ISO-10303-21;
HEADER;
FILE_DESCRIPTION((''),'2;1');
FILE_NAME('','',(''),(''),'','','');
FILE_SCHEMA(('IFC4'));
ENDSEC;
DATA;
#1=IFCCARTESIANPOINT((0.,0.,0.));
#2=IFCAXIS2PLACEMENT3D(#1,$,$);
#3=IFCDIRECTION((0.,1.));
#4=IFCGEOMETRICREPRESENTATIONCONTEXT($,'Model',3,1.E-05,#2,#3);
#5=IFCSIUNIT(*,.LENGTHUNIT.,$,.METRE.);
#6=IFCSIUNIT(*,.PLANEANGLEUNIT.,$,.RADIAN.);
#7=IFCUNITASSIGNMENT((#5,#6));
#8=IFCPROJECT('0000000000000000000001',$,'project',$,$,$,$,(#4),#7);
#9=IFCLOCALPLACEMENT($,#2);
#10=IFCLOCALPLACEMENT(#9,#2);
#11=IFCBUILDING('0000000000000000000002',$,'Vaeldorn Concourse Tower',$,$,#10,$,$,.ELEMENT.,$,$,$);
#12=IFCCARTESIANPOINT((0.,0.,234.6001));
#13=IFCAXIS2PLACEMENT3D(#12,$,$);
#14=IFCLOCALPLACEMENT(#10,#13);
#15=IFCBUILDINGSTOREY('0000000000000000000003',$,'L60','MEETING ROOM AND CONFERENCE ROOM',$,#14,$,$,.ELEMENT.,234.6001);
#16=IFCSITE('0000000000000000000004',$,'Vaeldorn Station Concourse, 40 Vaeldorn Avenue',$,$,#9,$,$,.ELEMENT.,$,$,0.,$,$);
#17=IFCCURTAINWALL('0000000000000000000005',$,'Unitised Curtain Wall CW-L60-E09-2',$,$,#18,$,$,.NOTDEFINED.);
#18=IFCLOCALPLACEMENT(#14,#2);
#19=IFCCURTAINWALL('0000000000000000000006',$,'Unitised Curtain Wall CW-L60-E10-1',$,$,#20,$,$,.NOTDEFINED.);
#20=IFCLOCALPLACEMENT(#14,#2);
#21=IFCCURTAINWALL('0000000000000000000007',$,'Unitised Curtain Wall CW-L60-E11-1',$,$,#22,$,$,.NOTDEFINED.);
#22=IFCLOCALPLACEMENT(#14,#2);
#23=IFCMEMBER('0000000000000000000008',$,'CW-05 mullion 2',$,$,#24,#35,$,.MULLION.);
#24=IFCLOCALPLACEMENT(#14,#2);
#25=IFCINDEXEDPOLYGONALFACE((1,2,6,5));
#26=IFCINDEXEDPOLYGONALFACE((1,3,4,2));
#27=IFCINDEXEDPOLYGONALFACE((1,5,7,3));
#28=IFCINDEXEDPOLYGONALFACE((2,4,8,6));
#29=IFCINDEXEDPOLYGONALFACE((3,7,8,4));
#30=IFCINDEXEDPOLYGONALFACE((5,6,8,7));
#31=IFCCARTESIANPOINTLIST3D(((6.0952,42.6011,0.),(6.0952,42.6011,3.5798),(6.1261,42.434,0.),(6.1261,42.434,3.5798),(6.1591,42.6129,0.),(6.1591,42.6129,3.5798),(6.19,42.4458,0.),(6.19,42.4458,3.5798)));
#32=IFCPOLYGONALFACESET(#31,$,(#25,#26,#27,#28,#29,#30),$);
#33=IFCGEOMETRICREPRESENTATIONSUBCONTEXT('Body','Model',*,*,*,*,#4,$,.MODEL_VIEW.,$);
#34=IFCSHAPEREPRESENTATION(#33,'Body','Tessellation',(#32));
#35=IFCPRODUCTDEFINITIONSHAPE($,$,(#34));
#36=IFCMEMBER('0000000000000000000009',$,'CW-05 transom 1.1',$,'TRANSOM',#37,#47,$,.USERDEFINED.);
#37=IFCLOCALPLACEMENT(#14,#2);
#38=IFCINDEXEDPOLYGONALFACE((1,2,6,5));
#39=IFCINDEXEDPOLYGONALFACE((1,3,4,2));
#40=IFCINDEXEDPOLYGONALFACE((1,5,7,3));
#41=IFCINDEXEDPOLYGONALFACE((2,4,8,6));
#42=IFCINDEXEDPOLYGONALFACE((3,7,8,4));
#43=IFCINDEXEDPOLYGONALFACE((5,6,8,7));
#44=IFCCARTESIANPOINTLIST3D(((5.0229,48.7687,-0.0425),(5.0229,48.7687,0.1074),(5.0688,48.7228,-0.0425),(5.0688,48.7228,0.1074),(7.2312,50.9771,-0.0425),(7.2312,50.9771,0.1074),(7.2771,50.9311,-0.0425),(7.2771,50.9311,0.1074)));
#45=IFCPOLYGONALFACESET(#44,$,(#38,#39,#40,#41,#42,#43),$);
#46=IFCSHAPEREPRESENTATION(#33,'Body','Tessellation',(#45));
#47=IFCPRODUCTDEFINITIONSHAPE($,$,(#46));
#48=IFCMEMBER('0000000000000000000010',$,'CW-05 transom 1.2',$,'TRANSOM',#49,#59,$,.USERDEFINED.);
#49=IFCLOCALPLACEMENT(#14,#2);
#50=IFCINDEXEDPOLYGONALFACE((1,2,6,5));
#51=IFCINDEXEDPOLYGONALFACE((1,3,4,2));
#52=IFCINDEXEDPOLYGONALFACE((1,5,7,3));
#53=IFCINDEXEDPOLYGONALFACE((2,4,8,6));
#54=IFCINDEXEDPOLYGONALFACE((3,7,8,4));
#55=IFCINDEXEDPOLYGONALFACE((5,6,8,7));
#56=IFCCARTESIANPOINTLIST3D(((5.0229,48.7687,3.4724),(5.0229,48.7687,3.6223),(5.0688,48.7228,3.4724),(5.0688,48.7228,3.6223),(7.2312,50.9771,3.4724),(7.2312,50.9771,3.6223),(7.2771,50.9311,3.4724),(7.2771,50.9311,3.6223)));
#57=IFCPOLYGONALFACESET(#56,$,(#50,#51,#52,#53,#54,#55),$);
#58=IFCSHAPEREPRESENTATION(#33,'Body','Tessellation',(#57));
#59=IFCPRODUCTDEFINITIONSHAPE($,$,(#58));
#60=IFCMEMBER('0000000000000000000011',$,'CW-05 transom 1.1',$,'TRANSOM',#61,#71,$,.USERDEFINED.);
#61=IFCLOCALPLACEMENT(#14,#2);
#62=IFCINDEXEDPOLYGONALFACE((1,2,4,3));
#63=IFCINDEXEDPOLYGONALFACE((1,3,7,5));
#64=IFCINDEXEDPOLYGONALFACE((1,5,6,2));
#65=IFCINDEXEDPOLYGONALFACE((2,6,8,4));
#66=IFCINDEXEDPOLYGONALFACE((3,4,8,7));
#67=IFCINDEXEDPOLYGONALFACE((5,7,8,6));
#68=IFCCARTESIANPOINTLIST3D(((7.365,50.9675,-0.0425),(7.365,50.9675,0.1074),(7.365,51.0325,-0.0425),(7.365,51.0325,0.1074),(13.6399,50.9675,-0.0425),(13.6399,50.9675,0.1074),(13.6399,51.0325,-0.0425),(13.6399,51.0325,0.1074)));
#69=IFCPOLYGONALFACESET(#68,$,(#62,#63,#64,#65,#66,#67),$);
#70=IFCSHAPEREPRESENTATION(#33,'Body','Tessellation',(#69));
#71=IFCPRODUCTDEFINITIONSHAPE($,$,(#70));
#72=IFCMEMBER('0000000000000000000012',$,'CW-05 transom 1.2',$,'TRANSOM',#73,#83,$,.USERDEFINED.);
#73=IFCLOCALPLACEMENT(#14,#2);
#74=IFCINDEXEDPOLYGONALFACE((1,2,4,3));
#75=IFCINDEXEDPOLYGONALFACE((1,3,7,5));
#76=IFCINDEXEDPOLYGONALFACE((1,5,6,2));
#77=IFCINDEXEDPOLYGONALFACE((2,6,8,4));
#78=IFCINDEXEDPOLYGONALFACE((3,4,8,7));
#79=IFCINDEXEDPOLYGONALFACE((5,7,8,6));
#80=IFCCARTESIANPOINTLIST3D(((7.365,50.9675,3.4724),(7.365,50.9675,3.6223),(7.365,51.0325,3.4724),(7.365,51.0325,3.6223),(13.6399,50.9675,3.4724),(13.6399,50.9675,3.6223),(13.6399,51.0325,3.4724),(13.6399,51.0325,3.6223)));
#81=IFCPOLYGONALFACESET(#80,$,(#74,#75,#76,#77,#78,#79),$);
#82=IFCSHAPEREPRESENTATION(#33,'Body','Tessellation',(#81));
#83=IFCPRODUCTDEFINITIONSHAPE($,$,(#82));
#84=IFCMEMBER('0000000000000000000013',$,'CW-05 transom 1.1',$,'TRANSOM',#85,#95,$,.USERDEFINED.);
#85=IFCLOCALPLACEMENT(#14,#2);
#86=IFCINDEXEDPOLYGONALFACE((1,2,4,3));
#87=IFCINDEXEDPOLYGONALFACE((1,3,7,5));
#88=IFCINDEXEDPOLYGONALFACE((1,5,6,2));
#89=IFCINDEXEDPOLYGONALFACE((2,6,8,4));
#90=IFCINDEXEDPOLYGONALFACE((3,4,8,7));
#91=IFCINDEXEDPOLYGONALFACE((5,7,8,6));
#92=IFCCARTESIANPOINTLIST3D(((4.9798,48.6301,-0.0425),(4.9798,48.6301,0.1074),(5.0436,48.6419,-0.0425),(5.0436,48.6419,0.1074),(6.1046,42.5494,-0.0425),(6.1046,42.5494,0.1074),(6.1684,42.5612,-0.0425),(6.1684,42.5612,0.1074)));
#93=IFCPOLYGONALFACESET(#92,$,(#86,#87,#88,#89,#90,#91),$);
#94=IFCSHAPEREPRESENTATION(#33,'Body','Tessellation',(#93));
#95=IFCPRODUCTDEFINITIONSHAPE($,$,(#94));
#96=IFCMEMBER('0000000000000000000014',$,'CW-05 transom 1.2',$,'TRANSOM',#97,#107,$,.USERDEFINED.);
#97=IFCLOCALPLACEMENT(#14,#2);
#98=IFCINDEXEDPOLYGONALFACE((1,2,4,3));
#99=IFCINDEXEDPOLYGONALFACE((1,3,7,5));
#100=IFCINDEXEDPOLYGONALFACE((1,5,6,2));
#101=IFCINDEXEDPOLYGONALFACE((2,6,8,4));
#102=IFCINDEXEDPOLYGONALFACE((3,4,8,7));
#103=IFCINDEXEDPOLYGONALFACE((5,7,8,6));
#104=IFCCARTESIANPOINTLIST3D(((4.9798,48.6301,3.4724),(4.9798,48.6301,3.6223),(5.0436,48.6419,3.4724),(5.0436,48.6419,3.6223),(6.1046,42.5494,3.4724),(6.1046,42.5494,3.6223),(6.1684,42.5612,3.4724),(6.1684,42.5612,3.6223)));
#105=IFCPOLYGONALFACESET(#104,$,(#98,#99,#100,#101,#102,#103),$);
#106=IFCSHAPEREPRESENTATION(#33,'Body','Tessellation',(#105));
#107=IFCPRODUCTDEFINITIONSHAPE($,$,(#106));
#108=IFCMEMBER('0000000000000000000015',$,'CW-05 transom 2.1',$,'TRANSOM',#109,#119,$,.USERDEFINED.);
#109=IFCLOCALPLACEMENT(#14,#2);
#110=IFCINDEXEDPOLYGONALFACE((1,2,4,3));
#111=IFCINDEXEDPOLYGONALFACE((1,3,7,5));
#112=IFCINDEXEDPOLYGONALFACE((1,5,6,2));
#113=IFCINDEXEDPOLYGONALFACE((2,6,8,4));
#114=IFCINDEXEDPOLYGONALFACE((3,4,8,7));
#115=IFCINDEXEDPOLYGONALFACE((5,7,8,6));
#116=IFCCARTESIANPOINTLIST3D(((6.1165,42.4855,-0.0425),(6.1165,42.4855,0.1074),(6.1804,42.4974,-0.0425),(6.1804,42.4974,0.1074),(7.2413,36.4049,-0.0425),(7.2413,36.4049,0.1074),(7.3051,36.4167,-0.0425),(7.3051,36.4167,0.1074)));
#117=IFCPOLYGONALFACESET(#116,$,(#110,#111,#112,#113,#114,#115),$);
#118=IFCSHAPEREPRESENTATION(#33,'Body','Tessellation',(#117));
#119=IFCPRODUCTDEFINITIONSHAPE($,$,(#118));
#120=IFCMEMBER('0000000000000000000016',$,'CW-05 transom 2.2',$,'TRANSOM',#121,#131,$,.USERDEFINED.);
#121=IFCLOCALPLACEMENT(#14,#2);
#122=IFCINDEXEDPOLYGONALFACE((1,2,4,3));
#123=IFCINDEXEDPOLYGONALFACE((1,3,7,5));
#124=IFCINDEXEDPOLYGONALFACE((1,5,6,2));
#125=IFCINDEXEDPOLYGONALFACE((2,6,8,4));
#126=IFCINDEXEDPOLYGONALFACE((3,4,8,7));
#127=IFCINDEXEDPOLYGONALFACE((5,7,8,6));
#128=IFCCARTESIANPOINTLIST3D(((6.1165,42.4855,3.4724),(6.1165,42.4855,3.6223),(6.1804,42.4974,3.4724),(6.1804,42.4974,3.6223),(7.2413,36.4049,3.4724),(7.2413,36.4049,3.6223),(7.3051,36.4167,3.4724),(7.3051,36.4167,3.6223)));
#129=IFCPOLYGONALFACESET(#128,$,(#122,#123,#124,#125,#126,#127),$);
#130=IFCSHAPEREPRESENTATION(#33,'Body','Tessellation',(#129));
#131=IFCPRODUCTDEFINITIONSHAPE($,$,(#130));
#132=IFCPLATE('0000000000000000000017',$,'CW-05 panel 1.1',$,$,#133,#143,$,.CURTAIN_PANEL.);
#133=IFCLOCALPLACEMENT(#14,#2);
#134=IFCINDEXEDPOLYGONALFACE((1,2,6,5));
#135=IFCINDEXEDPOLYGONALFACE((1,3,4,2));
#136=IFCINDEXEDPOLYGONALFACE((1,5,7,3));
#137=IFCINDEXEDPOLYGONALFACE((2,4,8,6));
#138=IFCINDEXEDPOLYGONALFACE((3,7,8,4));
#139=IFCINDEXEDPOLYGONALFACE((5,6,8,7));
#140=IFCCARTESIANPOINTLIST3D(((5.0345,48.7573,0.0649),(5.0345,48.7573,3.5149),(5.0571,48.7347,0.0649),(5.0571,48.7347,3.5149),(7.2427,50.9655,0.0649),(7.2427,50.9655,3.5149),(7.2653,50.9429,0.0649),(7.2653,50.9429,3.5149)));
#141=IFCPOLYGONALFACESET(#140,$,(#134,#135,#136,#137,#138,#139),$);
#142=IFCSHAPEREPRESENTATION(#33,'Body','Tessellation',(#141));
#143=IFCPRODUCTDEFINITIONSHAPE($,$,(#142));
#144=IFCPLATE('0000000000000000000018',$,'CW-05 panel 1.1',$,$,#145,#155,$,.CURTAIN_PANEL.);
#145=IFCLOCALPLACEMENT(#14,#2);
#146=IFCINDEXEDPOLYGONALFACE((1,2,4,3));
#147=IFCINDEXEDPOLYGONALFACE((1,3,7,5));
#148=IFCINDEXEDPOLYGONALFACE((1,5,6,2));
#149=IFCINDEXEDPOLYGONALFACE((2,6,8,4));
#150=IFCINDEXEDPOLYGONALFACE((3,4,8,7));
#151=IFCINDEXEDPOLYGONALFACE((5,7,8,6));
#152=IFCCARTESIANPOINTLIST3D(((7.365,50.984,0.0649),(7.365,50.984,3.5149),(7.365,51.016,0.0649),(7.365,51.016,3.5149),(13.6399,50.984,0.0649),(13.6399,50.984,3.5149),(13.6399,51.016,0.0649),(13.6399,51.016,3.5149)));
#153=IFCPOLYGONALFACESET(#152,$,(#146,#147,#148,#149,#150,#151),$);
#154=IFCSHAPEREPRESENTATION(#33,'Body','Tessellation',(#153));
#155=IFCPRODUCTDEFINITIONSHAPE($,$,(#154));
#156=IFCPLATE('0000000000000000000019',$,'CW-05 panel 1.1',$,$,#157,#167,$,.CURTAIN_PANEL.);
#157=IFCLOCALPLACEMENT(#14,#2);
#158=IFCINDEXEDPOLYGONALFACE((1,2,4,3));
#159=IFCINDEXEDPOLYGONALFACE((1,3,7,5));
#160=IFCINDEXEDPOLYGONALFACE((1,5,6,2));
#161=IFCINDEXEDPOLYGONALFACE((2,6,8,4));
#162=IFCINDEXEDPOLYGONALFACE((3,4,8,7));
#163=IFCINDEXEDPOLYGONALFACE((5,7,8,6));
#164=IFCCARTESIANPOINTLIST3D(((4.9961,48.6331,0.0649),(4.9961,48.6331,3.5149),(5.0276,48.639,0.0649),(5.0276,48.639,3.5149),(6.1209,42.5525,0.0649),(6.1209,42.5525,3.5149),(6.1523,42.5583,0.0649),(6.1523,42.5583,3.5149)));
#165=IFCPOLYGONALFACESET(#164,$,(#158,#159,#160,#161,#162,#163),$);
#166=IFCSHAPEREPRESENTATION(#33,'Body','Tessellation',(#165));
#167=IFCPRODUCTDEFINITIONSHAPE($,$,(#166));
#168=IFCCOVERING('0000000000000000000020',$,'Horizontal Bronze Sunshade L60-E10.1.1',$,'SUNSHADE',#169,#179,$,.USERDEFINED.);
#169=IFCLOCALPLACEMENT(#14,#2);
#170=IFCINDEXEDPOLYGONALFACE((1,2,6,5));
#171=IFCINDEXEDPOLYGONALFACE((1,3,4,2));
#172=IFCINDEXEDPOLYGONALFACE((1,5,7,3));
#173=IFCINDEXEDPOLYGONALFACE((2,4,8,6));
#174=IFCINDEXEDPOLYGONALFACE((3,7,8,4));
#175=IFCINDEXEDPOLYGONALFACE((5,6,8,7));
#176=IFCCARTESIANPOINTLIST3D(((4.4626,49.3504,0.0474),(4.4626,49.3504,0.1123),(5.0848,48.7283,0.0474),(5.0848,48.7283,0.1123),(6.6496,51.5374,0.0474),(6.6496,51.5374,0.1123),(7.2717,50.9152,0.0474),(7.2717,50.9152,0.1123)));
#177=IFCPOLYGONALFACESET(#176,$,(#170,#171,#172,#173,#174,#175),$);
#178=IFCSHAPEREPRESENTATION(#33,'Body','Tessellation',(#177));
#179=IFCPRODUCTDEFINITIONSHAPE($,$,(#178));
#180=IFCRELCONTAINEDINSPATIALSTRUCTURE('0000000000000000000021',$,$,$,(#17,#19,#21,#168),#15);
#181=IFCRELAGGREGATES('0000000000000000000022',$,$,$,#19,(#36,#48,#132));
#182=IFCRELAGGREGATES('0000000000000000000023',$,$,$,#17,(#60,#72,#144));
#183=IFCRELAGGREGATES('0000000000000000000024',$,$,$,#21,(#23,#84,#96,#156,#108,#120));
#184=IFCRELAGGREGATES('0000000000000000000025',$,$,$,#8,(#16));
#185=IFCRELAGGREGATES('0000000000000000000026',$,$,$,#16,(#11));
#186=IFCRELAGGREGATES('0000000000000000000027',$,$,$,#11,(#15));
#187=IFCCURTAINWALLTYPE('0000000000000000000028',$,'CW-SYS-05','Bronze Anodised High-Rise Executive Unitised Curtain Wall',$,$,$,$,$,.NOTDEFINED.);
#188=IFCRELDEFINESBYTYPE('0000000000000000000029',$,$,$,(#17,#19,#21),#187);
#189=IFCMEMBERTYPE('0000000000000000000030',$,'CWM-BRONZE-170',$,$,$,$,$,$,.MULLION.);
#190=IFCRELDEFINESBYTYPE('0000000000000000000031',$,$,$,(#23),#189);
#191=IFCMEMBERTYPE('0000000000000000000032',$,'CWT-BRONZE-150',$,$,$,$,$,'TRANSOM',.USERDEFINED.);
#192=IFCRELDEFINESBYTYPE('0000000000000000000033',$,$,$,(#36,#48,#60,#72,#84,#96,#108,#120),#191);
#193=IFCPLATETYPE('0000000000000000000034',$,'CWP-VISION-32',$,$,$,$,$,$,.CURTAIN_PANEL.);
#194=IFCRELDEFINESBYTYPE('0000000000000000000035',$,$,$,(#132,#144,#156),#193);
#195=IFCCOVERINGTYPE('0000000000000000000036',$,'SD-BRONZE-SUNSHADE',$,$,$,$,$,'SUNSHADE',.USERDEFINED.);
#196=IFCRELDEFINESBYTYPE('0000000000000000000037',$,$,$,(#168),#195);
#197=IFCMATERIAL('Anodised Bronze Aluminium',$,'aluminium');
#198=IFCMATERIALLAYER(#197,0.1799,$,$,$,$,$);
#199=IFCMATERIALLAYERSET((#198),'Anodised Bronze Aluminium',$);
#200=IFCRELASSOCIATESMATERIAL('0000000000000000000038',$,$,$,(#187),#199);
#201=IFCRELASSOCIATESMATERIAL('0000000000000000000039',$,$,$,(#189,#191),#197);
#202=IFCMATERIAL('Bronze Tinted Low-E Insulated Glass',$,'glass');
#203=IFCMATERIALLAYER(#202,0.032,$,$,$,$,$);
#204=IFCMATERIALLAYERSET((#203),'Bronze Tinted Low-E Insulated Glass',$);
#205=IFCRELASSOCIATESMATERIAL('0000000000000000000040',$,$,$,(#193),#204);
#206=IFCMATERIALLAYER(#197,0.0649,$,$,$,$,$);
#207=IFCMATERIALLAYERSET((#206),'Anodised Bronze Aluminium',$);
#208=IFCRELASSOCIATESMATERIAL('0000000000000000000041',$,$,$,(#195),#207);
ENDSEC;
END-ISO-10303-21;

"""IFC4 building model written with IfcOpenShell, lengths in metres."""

from ifc_helpers import new_model, si_unit, direction, frame, origin, origin_2d, place, context, subcontext, project, spatial, rectangle, extrude, source, transform, mapped, material, layer, layer_set, material_profile, profile_set, type_object, element, aggregate, save


model = new_model("IFC4")

# Units and contexts
model_context = context("Model", 3, precision=1e-05, world=origin(), true_north=direction((0.0, 1.0)))
body_context = subcontext(model_context, "Body", "Model", "MODEL_VIEW")
ifc_project = project(units=[si_unit("LENGTHUNIT", "METRE"), si_unit("PLANEANGLEUNIT", "RADIAN")], contexts=[model_context])

# Site, building, storey
site_placement = place(None, origin())
site = spatial("IfcSite", under=ifc_project, at=site_placement, Name="Vaeldorn Station Concourse, 40 Vaeldorn Avenue", CompositionType="ELEMENT", RefElevation=0.0)
building_placement = place(site_placement, origin())
building = spatial("IfcBuilding", under=site, at=building_placement, Name="Vaeldorn Concourse Tower", CompositionType="ELEMENT")
storey_placement = place(building_placement, frame((0.0, 0.0, 234.6001)))
storey = spatial("IfcBuildingStorey", under=building, at=storey_placement, Name="L60", Description="MEETING ROOM AND CONFERENCE ROOM", CompositionType="ELEMENT", Elevation=234.6001)

# Curtain walls, member
ifc_material_1 = material(Name="Anodised Bronze Aluminium", Category="aluminium")
ifc_layer_1 = layer(ifc_material_1, 0.1799)
ifc_layer_set_1 = layer_set([ifc_layer_1], Name="Anodised Bronze Aluminium")
curtain_wall_type = type_object("IfcCurtainWallType", Name="CW-SYS-05", Description="Bronze Anodised High-Rise Executive Unitised Curtain Wall", PredefinedType="NOTDEFINED", material=ifc_layer_set_1)
curtain_wall_1_placement = place(storey_placement, origin())
curtain_wall_1 = element("IfcCurtainWall", 1, at=curtain_wall_1_placement, inside=storey, type_object=curtain_wall_type, Name="Unitised Curtain Wall CW-L60-E09-2", PredefinedType="NOTDEFINED")
ifc_material_profile_1 = material_profile(ifc_material_1, rectangle(XDim=0.0649, YDim=0.1699, at=origin_2d()), Name="CWM 65x170")
ifc_profile_set_1 = profile_set([ifc_material_profile_1], Name="Anodised Bronze Aluminium")
member_type_1 = type_object("IfcMemberType", Name="CWM-BRONZE-170", PredefinedType="MULLION", material=ifc_profile_set_1)
shared_shape_1 = source(origin(), body_context, "Body", "SweptSolid", [
    extrude(rectangle(XDim=0.0649, YDim=0.1699, at=origin_2d()), origin(), (0.0, 0.0, 1.0), 3.5798),
])
curtain_wall_2_placement = place(storey_placement, origin())
curtain_wall_2 = element("IfcCurtainWall", 2, at=curtain_wall_2_placement, inside=storey, type_object=curtain_wall_type, Name="Unitised Curtain Wall CW-L60-E10-1", PredefinedType="NOTDEFINED")
curtain_wall_3_placement = place(storey_placement, origin())
curtain_wall_3 = element("IfcCurtainWall", 3, at=curtain_wall_3_placement, inside=storey, type_object=curtain_wall_type, Name="Unitised Curtain Wall CW-L60-E11-1", PredefinedType="NOTDEFINED")
member_1_placement = place(storey_placement, frame((6.1426, 42.5234, 0.0), z_axis=(0.0, 0.0, 1.0), x_axis=(0.983319, 0.181888, 0.0)))
member_1 = element("IfcMember", 4, at=member_1_placement, type_object=member_type_1, Name="CW-05 mullion 2", PredefinedType="MULLION", context=body_context, shape_type="MappedRepresentation", body=[
    mapped(shared_shape_1, transform((0.0, 0.0, 0.0), scale=1.0)),
])

# Members
ifc_material_profile_2 = material_profile(ifc_material_1, rectangle(XDim=0.0649, YDim=0.1499, at=origin_2d()), Name="CWT 65x150")
ifc_profile_set_2 = profile_set([ifc_material_profile_2], Name="Anodised Bronze Aluminium")
member_type_2 = type_object("IfcMemberType", Name="CWT-BRONZE-150", ElementType="TRANSOM", PredefinedType="USERDEFINED", material=ifc_profile_set_2)
shared_shape_2 = source(origin(), body_context, "Body", "SweptSolid", [
    extrude(rectangle(XDim=0.0649, YDim=0.1499, at=origin_2d()), origin(), (0.0, 0.0, 1.0), 3.123),
])
member_2_placement = place(storey_placement, frame((7.2542, 50.9541, 0.0325), z_axis=(-0.707107, -0.707107, 0.0), x_axis=(0.707107, -0.707107, 0.0)))
member_2 = element("IfcMember", 5, at=member_2_placement, type_object=member_type_2, Name="CW-05 transom 1.1", ObjectType="TRANSOM", PredefinedType="USERDEFINED", context=body_context, shape_type="MappedRepresentation", body=[
    mapped(shared_shape_2, transform((0.0, 0.0, 0.0), scale=1.0)),
])
member_3_placement = place(storey_placement, frame((7.2542, 50.9541, 3.5474), z_axis=(-0.707107, -0.707107, 0.0), x_axis=(0.707107, -0.707107, 0.0)))
member_3 = element("IfcMember", 6, at=member_3_placement, type_object=member_type_2, Name="CW-05 transom 1.2", ObjectType="TRANSOM", PredefinedType="USERDEFINED", context=body_context, shape_type="MappedRepresentation", body=[
    mapped(shared_shape_2, transform((0.0, 0.0, 0.0), scale=1.0)),
])
shared_shape_3 = source(origin(), body_context, "Body", "SweptSolid", [
    extrude(rectangle(XDim=0.0649, YDim=0.1499, at=origin_2d()), origin(), (0.0, 0.0, 1.0), 6.2749),
])
member_4_placement = place(storey_placement, frame((13.6399, 51.0, 0.0325), z_axis=(-1.0, 0.0, 0.0), x_axis=(0.0, -1.0, 0.0)))
member_4 = element("IfcMember", 7, at=member_4_placement, type_object=member_type_2, Name="CW-05 transom 1.1", ObjectType="TRANSOM", PredefinedType="USERDEFINED", context=body_context, shape_type="MappedRepresentation", body=[
    mapped(shared_shape_3, transform((0.0, 0.0, 0.0), scale=1.0)),
])
member_5_placement = place(storey_placement, frame((13.6399, 51.0, 3.5474), z_axis=(-1.0, 0.0, 0.0), x_axis=(0.0, -1.0, 0.0)))
member_5 = element("IfcMember", 8, at=member_5_placement, type_object=member_type_2, Name="CW-05 transom 1.2", ObjectType="TRANSOM", PredefinedType="USERDEFINED", context=body_context, shape_type="MappedRepresentation", body=[
    mapped(shared_shape_3, transform((0.0, 0.0, 0.0), scale=1.0)),
])
shared_shape_4 = source(origin(), body_context, "Body", "SweptSolid", [
    extrude(rectangle(XDim=0.0649, YDim=0.1499, at=origin_2d()), origin(), (0.0, 0.0, 1.0), 6.1838),
])
member_6_placement = place(storey_placement, frame((5.0117, 48.636, 0.0325), z_axis=(0.18189, -0.983319, 0.0), x_axis=(0.983319, 0.18189, 0.0)))
member_6 = element("IfcMember", 9, at=member_6_placement, type_object=member_type_2, Name="CW-05 transom 1.1", ObjectType="TRANSOM", PredefinedType="USERDEFINED", context=body_context, shape_type="MappedRepresentation", body=[
    mapped(shared_shape_4, transform((0.0, 0.0, 0.0), scale=1.0)),
])
member_7_placement = place(storey_placement, frame((5.0117, 48.636, 3.5474), z_axis=(0.18189, -0.983319, 0.0), x_axis=(0.983319, 0.18189, 0.0)))
member_7 = element("IfcMember", 10, at=member_7_placement, type_object=member_type_2, Name="CW-05 transom 1.2", ObjectType="TRANSOM", PredefinedType="USERDEFINED", context=body_context, shape_type="MappedRepresentation", body=[
    mapped(shared_shape_4, transform((0.0, 0.0, 0.0), scale=1.0)),
])
member_8_placement = place(storey_placement, frame((6.1484, 42.4915, 0.0325), z_axis=(0.18189, -0.983319, 0.0), x_axis=(0.983319, 0.18189, 0.0)))
member_8 = element("IfcMember", 11, at=member_8_placement, type_object=member_type_2, Name="CW-05 transom 2.1", ObjectType="TRANSOM", PredefinedType="USERDEFINED", context=body_context, shape_type="MappedRepresentation", body=[
    mapped(shared_shape_4, transform((0.0, 0.0, 0.0), scale=1.0)),
])
member_9_placement = place(storey_placement, frame((6.1484, 42.4915, 3.5474), z_axis=(0.18189, -0.983319, 0.0), x_axis=(0.983319, 0.18189, 0.0)))
member_9 = element("IfcMember", 12, at=member_9_placement, type_object=member_type_2, Name="CW-05 transom 2.2", ObjectType="TRANSOM", PredefinedType="USERDEFINED", context=body_context, shape_type="MappedRepresentation", body=[
    mapped(shared_shape_4, transform((0.0, 0.0, 0.0), scale=1.0)),
])

# Plates
ifc_material_2 = material(Name="Bronze Tinted Low-E Insulated Glass", Category="glass")
ifc_layer_2 = layer(ifc_material_2, 0.032)
ifc_layer_set_2 = layer_set([ifc_layer_2], Name="Bronze Tinted Low-E Insulated Glass")
plate_type = type_object("IfcPlateType", Name="CWP-VISION-32", PredefinedType="CURTAIN_PANEL", material=ifc_layer_set_2)
shared_shape_5 = source(origin(), body_context, "Body", "SweptSolid", [
    extrude(rectangle(XDim=3.1228, YDim=0.032, at=origin_2d()), origin(), (0.0, 0.0, 1.0), 3.45),
])
plate_1_placement = place(storey_placement, frame((6.1499, 49.8501, 0.0649), z_axis=(0.0, 0.0, 1.0), x_axis=(-0.707107, -0.707107, 0.0)))
plate_1 = element("IfcPlate", 13, at=plate_1_placement, type_object=plate_type, Name="CW-05 panel 1.1", PredefinedType="CURTAIN_PANEL", context=body_context, shape_type="MappedRepresentation", body=[
    mapped(shared_shape_5, transform((0.0, 0.0, 0.0), scale=1.0)),
])
aggregate(curtain_wall_2, [member_2, member_3, plate_1])
shared_shape_6 = source(origin(), body_context, "Body", "SweptSolid", [
    extrude(rectangle(XDim=6.2749, YDim=0.032, at=origin_2d()), origin(), (0.0, 0.0, 1.0), 3.45),
])
plate_2_placement = place(storey_placement, frame((10.5024, 51.0, 0.0649), z_axis=(0.0, 0.0, 1.0), x_axis=(-1.0, 0.0, 0.0)))
plate_2 = element("IfcPlate", 14, at=plate_2_placement, type_object=plate_type, Name="CW-05 panel 1.1", PredefinedType="CURTAIN_PANEL", context=body_context, shape_type="MappedRepresentation", body=[
    mapped(shared_shape_6, transform((0.0, 0.0, 0.0), scale=1.0)),
])
aggregate(curtain_wall_1, [member_4, member_5, plate_2])
shared_shape_7 = source(origin(), body_context, "Body", "SweptSolid", [
    extrude(rectangle(XDim=6.1838, YDim=0.032, at=origin_2d()), origin(), (0.0, 0.0, 1.0), 3.45),
])
plate_3_placement = place(storey_placement, frame((5.5742, 45.5957, 0.0649), z_axis=(0.0, 0.0, 1.0), x_axis=(0.181888, -0.983319, 0.0)))
plate_3 = element("IfcPlate", 15, at=plate_3_placement, type_object=plate_type, Name="CW-05 panel 1.1", PredefinedType="CURTAIN_PANEL", context=body_context, shape_type="MappedRepresentation", body=[
    mapped(shared_shape_7, transform((0.0, 0.0, 0.0), scale=1.0)),
])
aggregate(curtain_wall_3, [member_1, member_6, member_7, plate_3, member_8, member_9])

# Covering
ifc_layer_3 = layer(ifc_material_1, 0.0649)
ifc_layer_set_3 = layer_set([ifc_layer_3], Name="Anodised Bronze Aluminium")
covering_type = type_object("IfcCoveringType", Name="SD-BRONZE-SUNSHADE", ElementType="SUNSHADE", PredefinedType="USERDEFINED", material=ifc_layer_set_3)
shared_shape_8 = source(origin(), body_context, "Body", "SweptSolid", [
    extrude(rectangle(XDim=3.0928, YDim=0.8799, at=origin_2d()), origin(), (0.0, 0.0, 1.0), 0.0649),
])
for number, where, z_axis, x_axis, name in (
    (16, (5.8672, 50.1328, 0.0474), (0.0, 0.0, 1.0), (-0.707107, -0.707107, 0.0), "Horizontal Bronze Sunshade L60-E10.1.1"),
):
    element("IfcCovering", number, at=place(storey_placement, frame(where, z_axis=z_axis, x_axis=x_axis)), inside=storey, type_object=covering_type, Name=name, ObjectType="SUNSHADE", PredefinedType="USERDEFINED", context=body_context, shape_type="MappedRepresentation", body=[
        mapped(shared_shape_8, transform((0.0, 0.0, 0.0), scale=1.0)),
    ])

save(model, "model.ifc")
